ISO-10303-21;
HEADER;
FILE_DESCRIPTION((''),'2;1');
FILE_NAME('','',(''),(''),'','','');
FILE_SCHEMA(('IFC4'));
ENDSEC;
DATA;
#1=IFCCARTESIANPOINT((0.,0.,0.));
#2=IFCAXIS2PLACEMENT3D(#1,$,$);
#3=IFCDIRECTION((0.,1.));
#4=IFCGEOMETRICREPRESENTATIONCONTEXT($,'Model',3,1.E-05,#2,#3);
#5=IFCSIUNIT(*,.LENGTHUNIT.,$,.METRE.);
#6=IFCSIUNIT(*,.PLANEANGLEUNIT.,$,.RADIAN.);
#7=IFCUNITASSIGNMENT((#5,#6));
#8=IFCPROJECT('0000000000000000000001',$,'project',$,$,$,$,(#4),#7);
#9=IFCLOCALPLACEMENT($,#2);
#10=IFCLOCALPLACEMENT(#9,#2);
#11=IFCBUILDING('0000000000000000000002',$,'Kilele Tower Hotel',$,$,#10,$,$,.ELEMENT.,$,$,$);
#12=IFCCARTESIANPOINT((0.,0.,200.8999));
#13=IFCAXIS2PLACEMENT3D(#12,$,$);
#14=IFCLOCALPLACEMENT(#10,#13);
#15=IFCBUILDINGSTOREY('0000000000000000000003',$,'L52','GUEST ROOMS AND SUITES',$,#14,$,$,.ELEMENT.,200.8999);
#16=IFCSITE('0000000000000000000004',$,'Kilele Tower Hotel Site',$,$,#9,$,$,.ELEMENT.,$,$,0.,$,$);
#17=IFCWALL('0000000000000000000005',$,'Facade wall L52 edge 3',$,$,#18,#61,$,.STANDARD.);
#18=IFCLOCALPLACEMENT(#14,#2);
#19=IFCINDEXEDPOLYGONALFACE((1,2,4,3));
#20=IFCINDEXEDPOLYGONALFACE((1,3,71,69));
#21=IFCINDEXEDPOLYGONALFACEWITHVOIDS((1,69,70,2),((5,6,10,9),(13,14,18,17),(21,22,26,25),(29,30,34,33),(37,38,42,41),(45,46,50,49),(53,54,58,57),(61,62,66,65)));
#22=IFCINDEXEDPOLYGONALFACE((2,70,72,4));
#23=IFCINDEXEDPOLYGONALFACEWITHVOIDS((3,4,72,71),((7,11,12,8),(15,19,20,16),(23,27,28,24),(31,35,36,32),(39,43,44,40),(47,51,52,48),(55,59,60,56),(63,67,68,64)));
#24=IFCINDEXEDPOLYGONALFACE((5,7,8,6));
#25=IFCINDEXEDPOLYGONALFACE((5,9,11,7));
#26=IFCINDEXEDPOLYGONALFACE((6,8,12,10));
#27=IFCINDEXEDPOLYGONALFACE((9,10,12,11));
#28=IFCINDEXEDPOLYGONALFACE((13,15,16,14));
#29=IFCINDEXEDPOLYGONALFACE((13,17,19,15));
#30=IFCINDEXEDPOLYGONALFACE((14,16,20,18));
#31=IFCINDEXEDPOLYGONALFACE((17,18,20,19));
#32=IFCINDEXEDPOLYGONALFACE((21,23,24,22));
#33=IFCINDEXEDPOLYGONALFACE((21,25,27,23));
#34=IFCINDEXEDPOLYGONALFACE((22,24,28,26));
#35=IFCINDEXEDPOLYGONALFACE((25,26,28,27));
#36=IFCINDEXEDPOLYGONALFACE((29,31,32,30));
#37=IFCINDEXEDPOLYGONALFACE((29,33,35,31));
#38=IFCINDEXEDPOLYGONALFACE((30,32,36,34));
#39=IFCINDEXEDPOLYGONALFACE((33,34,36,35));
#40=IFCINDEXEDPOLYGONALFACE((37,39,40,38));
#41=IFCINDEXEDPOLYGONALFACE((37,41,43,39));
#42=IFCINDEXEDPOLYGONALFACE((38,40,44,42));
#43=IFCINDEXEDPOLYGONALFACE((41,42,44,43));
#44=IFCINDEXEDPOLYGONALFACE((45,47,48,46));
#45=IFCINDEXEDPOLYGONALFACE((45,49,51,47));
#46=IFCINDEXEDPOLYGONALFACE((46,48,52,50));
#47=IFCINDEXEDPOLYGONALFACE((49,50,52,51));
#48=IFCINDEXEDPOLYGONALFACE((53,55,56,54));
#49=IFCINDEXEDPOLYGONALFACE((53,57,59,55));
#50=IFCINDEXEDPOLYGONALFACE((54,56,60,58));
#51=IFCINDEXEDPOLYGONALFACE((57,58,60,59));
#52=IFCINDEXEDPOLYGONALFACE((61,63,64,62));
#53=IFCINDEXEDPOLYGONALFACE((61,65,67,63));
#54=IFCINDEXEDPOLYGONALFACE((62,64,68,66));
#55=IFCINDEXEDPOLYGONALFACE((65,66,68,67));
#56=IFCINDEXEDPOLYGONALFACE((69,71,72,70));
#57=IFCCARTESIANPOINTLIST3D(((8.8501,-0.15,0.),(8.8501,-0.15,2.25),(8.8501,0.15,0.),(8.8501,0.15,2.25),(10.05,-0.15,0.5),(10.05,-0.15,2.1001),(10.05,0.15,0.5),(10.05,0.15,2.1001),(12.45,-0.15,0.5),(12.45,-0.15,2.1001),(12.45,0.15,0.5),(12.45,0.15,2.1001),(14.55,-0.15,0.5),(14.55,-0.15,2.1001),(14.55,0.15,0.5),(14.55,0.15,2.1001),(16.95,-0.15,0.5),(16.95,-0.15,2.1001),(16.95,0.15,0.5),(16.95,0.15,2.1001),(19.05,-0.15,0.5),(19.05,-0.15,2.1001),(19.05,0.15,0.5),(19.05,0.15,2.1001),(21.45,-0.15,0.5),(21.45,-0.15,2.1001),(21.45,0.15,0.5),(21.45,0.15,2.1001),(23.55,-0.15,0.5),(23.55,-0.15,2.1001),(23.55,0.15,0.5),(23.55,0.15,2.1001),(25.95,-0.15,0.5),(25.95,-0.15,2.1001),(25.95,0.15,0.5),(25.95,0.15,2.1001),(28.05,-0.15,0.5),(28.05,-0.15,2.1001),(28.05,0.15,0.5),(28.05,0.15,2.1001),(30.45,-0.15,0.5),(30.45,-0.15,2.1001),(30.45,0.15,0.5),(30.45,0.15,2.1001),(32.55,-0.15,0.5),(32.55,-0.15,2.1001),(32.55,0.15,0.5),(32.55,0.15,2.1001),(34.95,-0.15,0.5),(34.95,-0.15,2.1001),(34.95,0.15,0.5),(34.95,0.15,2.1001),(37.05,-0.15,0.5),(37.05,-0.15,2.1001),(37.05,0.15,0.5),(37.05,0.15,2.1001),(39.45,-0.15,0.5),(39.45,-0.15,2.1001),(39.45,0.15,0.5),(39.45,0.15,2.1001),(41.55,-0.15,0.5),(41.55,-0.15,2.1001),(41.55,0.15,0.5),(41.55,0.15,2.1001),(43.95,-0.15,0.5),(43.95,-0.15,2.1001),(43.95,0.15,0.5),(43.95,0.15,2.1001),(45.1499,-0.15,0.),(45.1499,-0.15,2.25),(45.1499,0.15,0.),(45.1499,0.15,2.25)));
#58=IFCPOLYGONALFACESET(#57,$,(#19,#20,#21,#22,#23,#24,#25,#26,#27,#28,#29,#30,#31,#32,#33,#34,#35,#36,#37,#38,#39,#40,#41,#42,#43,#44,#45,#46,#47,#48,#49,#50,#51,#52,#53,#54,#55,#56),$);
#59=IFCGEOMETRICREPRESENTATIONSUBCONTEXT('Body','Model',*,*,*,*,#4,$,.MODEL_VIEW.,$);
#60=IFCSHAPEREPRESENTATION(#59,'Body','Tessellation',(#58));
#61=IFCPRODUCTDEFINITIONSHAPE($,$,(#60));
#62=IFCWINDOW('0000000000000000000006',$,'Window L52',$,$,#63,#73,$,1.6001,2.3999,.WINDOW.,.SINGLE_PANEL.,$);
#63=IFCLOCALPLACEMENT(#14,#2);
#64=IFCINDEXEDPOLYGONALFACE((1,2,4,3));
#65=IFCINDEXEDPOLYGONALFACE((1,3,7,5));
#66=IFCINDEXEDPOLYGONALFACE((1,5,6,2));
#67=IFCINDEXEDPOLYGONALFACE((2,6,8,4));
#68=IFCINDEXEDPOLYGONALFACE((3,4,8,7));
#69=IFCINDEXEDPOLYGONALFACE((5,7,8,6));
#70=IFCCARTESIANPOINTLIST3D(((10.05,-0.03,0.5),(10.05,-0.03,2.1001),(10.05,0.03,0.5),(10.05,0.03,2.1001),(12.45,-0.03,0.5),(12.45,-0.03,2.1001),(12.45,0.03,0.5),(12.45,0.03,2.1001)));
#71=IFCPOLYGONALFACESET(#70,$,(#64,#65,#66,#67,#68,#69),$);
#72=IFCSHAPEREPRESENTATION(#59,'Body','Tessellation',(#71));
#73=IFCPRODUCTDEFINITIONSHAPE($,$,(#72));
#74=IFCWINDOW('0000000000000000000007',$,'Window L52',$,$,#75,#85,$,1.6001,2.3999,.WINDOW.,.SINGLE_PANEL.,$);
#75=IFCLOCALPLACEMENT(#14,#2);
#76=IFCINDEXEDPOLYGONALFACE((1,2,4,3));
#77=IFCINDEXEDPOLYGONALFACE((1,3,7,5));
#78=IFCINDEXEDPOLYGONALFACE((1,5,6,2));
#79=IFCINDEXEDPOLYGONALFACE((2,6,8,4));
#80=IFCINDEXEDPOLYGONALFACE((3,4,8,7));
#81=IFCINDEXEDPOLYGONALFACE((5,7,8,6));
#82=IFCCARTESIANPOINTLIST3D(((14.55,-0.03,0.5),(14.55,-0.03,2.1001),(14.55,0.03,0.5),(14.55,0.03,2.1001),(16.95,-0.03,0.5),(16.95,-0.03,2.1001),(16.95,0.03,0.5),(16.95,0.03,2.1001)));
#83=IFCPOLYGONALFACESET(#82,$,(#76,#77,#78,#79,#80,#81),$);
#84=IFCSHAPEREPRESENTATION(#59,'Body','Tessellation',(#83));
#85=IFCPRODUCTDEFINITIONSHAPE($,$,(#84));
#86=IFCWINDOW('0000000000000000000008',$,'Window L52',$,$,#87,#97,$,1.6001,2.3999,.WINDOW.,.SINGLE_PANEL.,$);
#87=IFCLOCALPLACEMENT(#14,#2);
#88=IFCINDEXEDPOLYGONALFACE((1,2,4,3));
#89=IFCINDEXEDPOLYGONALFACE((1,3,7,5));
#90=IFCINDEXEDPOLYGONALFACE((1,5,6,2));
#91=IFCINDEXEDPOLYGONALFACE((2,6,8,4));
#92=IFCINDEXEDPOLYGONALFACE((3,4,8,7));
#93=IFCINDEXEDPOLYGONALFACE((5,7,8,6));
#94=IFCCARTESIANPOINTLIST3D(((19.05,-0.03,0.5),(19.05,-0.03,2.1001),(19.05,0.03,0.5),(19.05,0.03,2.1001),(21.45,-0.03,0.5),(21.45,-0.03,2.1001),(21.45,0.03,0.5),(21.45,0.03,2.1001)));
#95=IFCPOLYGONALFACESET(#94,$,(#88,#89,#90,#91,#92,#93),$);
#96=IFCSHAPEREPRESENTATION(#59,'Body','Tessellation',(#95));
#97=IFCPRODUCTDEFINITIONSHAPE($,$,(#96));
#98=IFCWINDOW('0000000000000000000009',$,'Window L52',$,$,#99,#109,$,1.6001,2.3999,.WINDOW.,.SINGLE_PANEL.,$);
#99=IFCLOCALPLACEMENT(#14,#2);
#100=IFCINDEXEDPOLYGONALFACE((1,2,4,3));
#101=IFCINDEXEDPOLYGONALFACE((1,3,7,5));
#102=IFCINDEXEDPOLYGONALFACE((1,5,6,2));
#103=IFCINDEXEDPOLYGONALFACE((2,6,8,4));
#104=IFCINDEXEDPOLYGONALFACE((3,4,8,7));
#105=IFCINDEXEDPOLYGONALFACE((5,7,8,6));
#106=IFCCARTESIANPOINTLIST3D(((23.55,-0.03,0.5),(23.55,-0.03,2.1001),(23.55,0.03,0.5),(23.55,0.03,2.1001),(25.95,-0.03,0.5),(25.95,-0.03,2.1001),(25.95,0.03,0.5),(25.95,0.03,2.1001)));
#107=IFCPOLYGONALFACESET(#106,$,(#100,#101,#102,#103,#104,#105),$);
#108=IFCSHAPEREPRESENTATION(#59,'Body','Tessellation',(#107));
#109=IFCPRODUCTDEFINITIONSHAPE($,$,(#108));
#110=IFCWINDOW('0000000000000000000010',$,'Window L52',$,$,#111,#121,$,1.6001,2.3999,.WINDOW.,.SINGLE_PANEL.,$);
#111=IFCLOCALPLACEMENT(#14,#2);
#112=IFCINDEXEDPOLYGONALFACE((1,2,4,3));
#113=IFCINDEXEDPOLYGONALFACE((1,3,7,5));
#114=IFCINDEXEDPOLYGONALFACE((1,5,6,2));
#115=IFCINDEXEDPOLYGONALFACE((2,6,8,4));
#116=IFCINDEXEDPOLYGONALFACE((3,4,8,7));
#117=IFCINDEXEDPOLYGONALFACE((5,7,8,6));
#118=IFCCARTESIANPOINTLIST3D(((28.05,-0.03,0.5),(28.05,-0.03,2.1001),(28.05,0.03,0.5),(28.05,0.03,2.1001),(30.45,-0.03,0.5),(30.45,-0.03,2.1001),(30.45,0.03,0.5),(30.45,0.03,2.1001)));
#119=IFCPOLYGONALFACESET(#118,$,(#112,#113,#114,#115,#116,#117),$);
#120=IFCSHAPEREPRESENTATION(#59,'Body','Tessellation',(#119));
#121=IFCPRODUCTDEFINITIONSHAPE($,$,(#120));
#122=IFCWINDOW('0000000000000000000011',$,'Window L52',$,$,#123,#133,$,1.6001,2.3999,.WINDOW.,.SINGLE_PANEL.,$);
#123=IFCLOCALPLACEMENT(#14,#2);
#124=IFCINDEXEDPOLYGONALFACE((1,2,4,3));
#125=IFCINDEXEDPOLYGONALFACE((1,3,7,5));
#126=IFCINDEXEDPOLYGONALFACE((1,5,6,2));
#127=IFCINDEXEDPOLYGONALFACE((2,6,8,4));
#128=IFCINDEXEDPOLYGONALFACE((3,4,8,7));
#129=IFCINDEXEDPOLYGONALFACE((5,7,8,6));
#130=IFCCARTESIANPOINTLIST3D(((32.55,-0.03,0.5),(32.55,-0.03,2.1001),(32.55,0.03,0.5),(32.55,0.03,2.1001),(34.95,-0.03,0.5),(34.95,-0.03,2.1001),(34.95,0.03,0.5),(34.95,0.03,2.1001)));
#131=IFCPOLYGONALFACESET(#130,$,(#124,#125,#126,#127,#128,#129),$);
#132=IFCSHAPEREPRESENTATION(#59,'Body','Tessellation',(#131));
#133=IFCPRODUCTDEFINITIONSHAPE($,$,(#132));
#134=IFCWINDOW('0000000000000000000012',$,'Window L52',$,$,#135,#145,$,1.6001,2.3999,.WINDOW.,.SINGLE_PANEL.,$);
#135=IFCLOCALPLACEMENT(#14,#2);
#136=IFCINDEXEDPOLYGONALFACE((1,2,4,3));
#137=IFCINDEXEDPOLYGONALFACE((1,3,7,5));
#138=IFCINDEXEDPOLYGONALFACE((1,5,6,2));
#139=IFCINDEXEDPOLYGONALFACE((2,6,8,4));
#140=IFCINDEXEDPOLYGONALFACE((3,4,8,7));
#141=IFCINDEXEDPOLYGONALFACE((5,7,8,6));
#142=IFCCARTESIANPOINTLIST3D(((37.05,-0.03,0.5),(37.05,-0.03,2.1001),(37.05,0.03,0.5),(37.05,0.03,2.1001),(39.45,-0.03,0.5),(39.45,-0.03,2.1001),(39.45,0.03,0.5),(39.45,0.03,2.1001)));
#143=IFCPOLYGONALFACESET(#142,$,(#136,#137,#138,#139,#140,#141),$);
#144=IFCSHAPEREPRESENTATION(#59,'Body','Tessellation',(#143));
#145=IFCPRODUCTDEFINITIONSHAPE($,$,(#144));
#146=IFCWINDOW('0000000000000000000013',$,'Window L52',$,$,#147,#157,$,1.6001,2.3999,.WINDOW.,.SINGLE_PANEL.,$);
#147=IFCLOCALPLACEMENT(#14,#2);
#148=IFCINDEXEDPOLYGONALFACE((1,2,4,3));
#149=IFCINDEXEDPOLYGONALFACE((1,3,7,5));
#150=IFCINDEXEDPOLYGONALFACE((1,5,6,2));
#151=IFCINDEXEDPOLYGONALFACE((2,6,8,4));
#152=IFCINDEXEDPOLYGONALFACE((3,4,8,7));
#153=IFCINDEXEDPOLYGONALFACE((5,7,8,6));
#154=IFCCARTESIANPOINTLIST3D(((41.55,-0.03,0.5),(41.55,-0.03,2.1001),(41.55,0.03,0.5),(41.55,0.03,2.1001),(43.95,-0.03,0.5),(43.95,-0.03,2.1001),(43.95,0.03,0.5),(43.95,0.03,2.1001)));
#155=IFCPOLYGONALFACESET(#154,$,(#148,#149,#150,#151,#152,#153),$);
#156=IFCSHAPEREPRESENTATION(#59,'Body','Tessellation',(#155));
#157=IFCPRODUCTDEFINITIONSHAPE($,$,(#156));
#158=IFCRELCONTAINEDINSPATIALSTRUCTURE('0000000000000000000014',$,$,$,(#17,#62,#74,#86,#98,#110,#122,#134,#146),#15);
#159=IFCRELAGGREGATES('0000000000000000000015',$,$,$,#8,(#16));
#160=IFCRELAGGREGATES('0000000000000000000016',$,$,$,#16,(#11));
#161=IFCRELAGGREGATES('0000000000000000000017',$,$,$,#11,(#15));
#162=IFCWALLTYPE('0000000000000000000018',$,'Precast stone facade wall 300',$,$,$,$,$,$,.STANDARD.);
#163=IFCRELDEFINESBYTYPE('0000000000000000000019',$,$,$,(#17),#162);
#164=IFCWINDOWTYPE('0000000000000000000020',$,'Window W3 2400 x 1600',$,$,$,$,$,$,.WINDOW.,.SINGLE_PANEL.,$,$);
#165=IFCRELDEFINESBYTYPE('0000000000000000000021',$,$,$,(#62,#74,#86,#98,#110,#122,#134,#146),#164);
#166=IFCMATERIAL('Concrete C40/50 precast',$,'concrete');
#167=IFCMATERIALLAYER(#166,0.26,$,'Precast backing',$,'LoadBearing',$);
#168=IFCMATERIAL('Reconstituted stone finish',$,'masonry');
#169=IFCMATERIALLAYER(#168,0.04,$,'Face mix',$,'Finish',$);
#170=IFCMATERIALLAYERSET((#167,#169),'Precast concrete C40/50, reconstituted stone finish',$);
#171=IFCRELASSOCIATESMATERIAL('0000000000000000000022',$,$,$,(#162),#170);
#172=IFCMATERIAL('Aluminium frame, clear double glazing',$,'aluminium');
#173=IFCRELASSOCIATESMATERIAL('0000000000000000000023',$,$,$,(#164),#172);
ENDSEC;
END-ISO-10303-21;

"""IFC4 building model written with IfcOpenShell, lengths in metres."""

from ifc_helpers import new_model, si_unit, direction, frame, frame_2d, origin, place, context, subcontext, project, spatial, rectangle, extrude, material, layer, layer_set, type_object, element, fill, save


model = new_model("IFC4")

# Units and contexts
model_context = context("Model", 3, precision=1e-05, world=origin(), true_north=direction((0.0, 1.0)))
body_context = subcontext(model_context, "Body", "Model", "MODEL_VIEW")
ifc_project = project(units=[si_unit("LENGTHUNIT", "METRE"), si_unit("PLANEANGLEUNIT", "RADIAN")], contexts=[model_context])

# Site, building, storey
site_placement = place(None, origin())
site = spatial("IfcSite", under=ifc_project, at=site_placement, Name="Kilele Tower Hotel Site", CompositionType="ELEMENT", RefElevation=0.0)
building_placement = place(site_placement, origin())
building = spatial("IfcBuilding", under=site, at=building_placement, Name="Kilele Tower Hotel", CompositionType="ELEMENT")
storey_placement = place(building_placement, frame((0.0, 0.0, 200.8999)))
storey = spatial("IfcBuildingStorey", under=building, at=storey_placement, Name="L52", Description="GUEST ROOMS AND SUITES", CompositionType="ELEMENT", Elevation=200.8999)

# Shared definitions
ifc_material_1 = material(Name="Concrete C40/50 precast", Category="concrete")
ifc_layer_1 = layer(ifc_material_1, 0.26, Name="Precast backing", Category="LoadBearing")
ifc_material_2 = material(Name="Reconstituted stone finish", Category="masonry")
ifc_layer_2 = layer(ifc_material_2, 0.04, Name="Face mix", Category="Finish")
ifc_layer_set_1 = layer_set([ifc_layer_1, ifc_layer_2], Name="Precast concrete C40/50, reconstituted stone finish")
wall_type = type_object("IfcWallType", Name="Precast stone facade wall 300", PredefinedType="STANDARD", material=ifc_layer_set_1)

# Wall, openings, windows
wall_1_placement = place(storey_placement, frame((8.8501, 0.0, 0.0), z_axis=(0.0, 0.0, 1.0), x_axis=(1.0, 0.0, 0.0)))
wall_1 = element("IfcWall", 1, at=wall_1_placement, inside=storey, type_object=wall_type, Name="Facade wall L52 edge 3", PredefinedType="STANDARD", context=body_context, shape_type="SweptSolid", body=[
    extrude(rectangle(XDim=36.2998, YDim=0.3, at=frame_2d((18.1499, 0.0))), origin(), (0.0, 0.0, 1.0), 2.25),
])
opening_1_placement = place(wall_1_placement, frame((1.2, 0.0, 0.5)))
opening_1 = element("IfcOpeningElement", 2, at=opening_1_placement, cuts=wall_1, PredefinedType="OPENING", context=body_context, shape_type="SweptSolid", body=[
    extrude(rectangle(XDim=2.3999, YDim=1.6001, at=frame_2d((1.2, 0.8))), frame((0.0, 0.1599, 0.0), z_axis=(0.0, -1.0, 0.0), x_axis=(1.0, 0.0, 0.0)), (0.0, 0.0, 1.0), 0.3201),
])
opening_2_placement = place(wall_1_placement, frame((5.7, 0.0, 0.5)))
opening_2 = element("IfcOpeningElement", 3, at=opening_2_placement, cuts=wall_1, PredefinedType="OPENING", context=body_context, shape_type="SweptSolid", body=[
    extrude(rectangle(XDim=2.3999, YDim=1.6001, at=frame_2d((1.2, 0.8))), frame((0.0, 0.1599, 0.0), z_axis=(0.0, -1.0, 0.0), x_axis=(1.0, 0.0, 0.0)), (0.0, 0.0, 1.0), 0.3201),
])
opening_3_placement = place(wall_1_placement, frame((10.2, 0.0, 0.5)))
opening_3 = element("IfcOpeningElement", 4, at=opening_3_placement, cuts=wall_1, PredefinedType="OPENING", context=body_context, shape_type="SweptSolid", body=[
    extrude(rectangle(XDim=2.3999, YDim=1.6001, at=frame_2d((1.2, 0.8))), frame((0.0, 0.1599, 0.0), z_axis=(0.0, -1.0, 0.0), x_axis=(1.0, 0.0, 0.0)), (0.0, 0.0, 1.0), 0.3201),
])
opening_4_placement = place(wall_1_placement, frame((14.7, 0.0, 0.5)))
opening_4 = element("IfcOpeningElement", 5, at=opening_4_placement, cuts=wall_1, PredefinedType="OPENING", context=body_context, shape_type="SweptSolid", body=[
    extrude(rectangle(XDim=2.3999, YDim=1.6001, at=frame_2d((1.2, 0.8))), frame((0.0, 0.1599, 0.0), z_axis=(0.0, -1.0, 0.0), x_axis=(1.0, 0.0, 0.0)), (0.0, 0.0, 1.0), 0.3201),
])
opening_5_placement = place(wall_1_placement, frame((19.2, 0.0, 0.5)))
opening_5 = element("IfcOpeningElement", 6, at=opening_5_placement, cuts=wall_1, PredefinedType="OPENING", context=body_context, shape_type="SweptSolid", body=[
    extrude(rectangle(XDim=2.3999, YDim=1.6001, at=frame_2d((1.2, 0.8))), frame((0.0, 0.1599, 0.0), z_axis=(0.0, -1.0, 0.0), x_axis=(1.0, 0.0, 0.0)), (0.0, 0.0, 1.0), 0.3201),
])
opening_6_placement = place(wall_1_placement, frame((23.7, 0.0, 0.5)))
opening_6 = element("IfcOpeningElement", 7, at=opening_6_placement, cuts=wall_1, PredefinedType="OPENING", context=body_context, shape_type="SweptSolid", body=[
    extrude(rectangle(XDim=2.3999, YDim=1.6001, at=frame_2d((1.2, 0.8))), frame((0.0, 0.1599, 0.0), z_axis=(0.0, -1.0, 0.0), x_axis=(1.0, 0.0, 0.0)), (0.0, 0.0, 1.0), 0.3201),
])
opening_7_placement = place(wall_1_placement, frame((28.2, 0.0, 0.5)))
opening_7 = element("IfcOpeningElement", 8, at=opening_7_placement, cuts=wall_1, PredefinedType="OPENING", context=body_context, shape_type="SweptSolid", body=[
    extrude(rectangle(XDim=2.3999, YDim=1.6001, at=frame_2d((1.2, 0.8))), frame((0.0, 0.1599, 0.0), z_axis=(0.0, -1.0, 0.0), x_axis=(1.0, 0.0, 0.0)), (0.0, 0.0, 1.0), 0.3201),
])
opening_8_placement = place(wall_1_placement, frame((32.7, 0.0, 0.5)))
opening_8 = element("IfcOpeningElement", 9, at=opening_8_placement, cuts=wall_1, PredefinedType="OPENING", context=body_context, shape_type="SweptSolid", body=[
    extrude(rectangle(XDim=2.3999, YDim=1.6001, at=frame_2d((1.2, 0.8))), frame((0.0, 0.1599, 0.0), z_axis=(0.0, -1.0, 0.0), x_axis=(1.0, 0.0, 0.0)), (0.0, 0.0, 1.0), 0.3201),
])
ifc_material_3 = material(Name="Aluminium frame, clear double glazing", Category="aluminium")
window_type_1 = type_object("IfcWindowType", Name="Window W3 2400 x 1600", PartitioningType="SINGLE_PANEL", PredefinedType="WINDOW", material=ifc_material_3)
window_1_placement = place(opening_1_placement, origin())
window_1 = element("IfcWindow", 10, at=window_1_placement, inside=storey, type_object=window_type_1, Name="Window L52", OverallHeight=1.6001, OverallWidth=2.3999, PartitioningType="SINGLE_PANEL", PredefinedType="WINDOW", context=body_context, shape_type="SweptSolid", body=[
    extrude(rectangle(XDim=2.3999, YDim=1.6001, at=frame_2d((1.2, 0.8))), frame((0.0, 0.03, 0.0), z_axis=(0.0, -1.0, 0.0), x_axis=(1.0, 0.0, 0.0)), (0.0, 0.0, 1.0), 0.0601),
])
fill(opening_1, window_1)
window_2_placement = place(opening_2_placement, origin())
window_2 = element("IfcWindow", 11, at=window_2_placement, inside=storey, type_object=window_type_1, Name="Window L52", OverallHeight=1.6001, OverallWidth=2.3999, PartitioningType="SINGLE_PANEL", PredefinedType="WINDOW", context=body_context, shape_type="SweptSolid", body=[
    extrude(rectangle(XDim=2.3999, YDim=1.6001, at=frame_2d((1.2, 0.8))), frame((0.0, 0.03, 0.0), z_axis=(0.0, -1.0, 0.0), x_axis=(1.0, 0.0, 0.0)), (0.0, 0.0, 1.0), 0.0601),
])
fill(opening_2, window_2)
window_3_placement = place(opening_3_placement, origin())
window_3 = element("IfcWindow", 12, at=window_3_placement, inside=storey, type_object=window_type_1, Name="Window L52", OverallHeight=1.6001, OverallWidth=2.3999, PartitioningType="SINGLE_PANEL", PredefinedType="WINDOW", context=body_context, shape_type="SweptSolid", body=[
    extrude(rectangle(XDim=2.3999, YDim=1.6001, at=frame_2d((1.2, 0.8))), frame((0.0, 0.03, 0.0), z_axis=(0.0, -1.0, 0.0), x_axis=(1.0, 0.0, 0.0)), (0.0, 0.0, 1.0), 0.0601),
])
fill(opening_3, window_3)
window_4_placement = place(opening_4_placement, origin())
window_4 = element("IfcWindow", 13, at=window_4_placement, inside=storey, type_object=window_type_1, Name="Window L52", OverallHeight=1.6001, OverallWidth=2.3999, PartitioningType="SINGLE_PANEL", PredefinedType="WINDOW", context=body_context, shape_type="SweptSolid", body=[
    extrude(rectangle(XDim=2.3999, YDim=1.6001, at=frame_2d((1.2, 0.8))), frame((0.0, 0.03, 0.0), z_axis=(0.0, -1.0, 0.0), x_axis=(1.0, 0.0, 0.0)), (0.0, 0.0, 1.0), 0.0601),
])
fill(opening_4, window_4)
window_5_placement = place(opening_5_placement, origin())
window_5 = element("IfcWindow", 14, at=window_5_placement, inside=storey, type_object=window_type_1, Name="Window L52", OverallHeight=1.6001, OverallWidth=2.3999, PartitioningType="SINGLE_PANEL", PredefinedType="WINDOW", context=body_context, shape_type="SweptSolid", body=[
    extrude(rectangle(XDim=2.3999, YDim=1.6001, at=frame_2d((1.2, 0.8))), frame((0.0, 0.03, 0.0), z_axis=(0.0, -1.0, 0.0), x_axis=(1.0, 0.0, 0.0)), (0.0, 0.0, 1.0), 0.0601),
])
fill(opening_5, window_5)
window_6_placement = place(opening_6_placement, origin())
window_6 = element("IfcWindow", 15, at=window_6_placement, inside=storey, type_object=window_type_1, Name="Window L52", OverallHeight=1.6001, OverallWidth=2.3999, PartitioningType="SINGLE_PANEL", PredefinedType="WINDOW", context=body_context, shape_type="SweptSolid", body=[
    extrude(rectangle(XDim=2.3999, YDim=1.6001, at=frame_2d((1.2, 0.8))), frame((0.0, 0.03, 0.0), z_axis=(0.0, -1.0, 0.0), x_axis=(1.0, 0.0, 0.0)), (0.0, 0.0, 1.0), 0.0601),
])
fill(opening_6, window_6)
window_7_placement = place(opening_7_placement, origin())
window_7 = element("IfcWindow", 16, at=window_7_placement, inside=storey, type_object=window_type_1, Name="Window L52", OverallHeight=1.6001, OverallWidth=2.3999, PartitioningType="SINGLE_PANEL", PredefinedType="WINDOW", context=body_context, shape_type="SweptSolid", body=[
    extrude(rectangle(XDim=2.3999, YDim=1.6001, at=frame_2d((1.2, 0.8))), frame((0.0, 0.03, 0.0), z_axis=(0.0, -1.0, 0.0), x_axis=(1.0, 0.0, 0.0)), (0.0, 0.0, 1.0), 0.0601),
])
fill(opening_7, window_7)
window_8_placement = place(opening_8_placement, origin())
window_8 = element("IfcWindow", 17, at=window_8_placement, inside=storey, type_object=window_type_1, Name="Window L52", OverallHeight=1.6001, OverallWidth=2.3999, PartitioningType="SINGLE_PANEL", PredefinedType="WINDOW", context=body_context, shape_type="SweptSolid", body=[
    extrude(rectangle(XDim=2.3999, YDim=1.6001, at=frame_2d((1.2, 0.8))), frame((0.0, 0.03, 0.0), z_axis=(0.0, -1.0, 0.0), x_axis=(1.0, 0.0, 0.0)), (0.0, 0.0, 1.0), 0.0601),
])
fill(opening_8, window_8)

save(model, "model.ifc")
